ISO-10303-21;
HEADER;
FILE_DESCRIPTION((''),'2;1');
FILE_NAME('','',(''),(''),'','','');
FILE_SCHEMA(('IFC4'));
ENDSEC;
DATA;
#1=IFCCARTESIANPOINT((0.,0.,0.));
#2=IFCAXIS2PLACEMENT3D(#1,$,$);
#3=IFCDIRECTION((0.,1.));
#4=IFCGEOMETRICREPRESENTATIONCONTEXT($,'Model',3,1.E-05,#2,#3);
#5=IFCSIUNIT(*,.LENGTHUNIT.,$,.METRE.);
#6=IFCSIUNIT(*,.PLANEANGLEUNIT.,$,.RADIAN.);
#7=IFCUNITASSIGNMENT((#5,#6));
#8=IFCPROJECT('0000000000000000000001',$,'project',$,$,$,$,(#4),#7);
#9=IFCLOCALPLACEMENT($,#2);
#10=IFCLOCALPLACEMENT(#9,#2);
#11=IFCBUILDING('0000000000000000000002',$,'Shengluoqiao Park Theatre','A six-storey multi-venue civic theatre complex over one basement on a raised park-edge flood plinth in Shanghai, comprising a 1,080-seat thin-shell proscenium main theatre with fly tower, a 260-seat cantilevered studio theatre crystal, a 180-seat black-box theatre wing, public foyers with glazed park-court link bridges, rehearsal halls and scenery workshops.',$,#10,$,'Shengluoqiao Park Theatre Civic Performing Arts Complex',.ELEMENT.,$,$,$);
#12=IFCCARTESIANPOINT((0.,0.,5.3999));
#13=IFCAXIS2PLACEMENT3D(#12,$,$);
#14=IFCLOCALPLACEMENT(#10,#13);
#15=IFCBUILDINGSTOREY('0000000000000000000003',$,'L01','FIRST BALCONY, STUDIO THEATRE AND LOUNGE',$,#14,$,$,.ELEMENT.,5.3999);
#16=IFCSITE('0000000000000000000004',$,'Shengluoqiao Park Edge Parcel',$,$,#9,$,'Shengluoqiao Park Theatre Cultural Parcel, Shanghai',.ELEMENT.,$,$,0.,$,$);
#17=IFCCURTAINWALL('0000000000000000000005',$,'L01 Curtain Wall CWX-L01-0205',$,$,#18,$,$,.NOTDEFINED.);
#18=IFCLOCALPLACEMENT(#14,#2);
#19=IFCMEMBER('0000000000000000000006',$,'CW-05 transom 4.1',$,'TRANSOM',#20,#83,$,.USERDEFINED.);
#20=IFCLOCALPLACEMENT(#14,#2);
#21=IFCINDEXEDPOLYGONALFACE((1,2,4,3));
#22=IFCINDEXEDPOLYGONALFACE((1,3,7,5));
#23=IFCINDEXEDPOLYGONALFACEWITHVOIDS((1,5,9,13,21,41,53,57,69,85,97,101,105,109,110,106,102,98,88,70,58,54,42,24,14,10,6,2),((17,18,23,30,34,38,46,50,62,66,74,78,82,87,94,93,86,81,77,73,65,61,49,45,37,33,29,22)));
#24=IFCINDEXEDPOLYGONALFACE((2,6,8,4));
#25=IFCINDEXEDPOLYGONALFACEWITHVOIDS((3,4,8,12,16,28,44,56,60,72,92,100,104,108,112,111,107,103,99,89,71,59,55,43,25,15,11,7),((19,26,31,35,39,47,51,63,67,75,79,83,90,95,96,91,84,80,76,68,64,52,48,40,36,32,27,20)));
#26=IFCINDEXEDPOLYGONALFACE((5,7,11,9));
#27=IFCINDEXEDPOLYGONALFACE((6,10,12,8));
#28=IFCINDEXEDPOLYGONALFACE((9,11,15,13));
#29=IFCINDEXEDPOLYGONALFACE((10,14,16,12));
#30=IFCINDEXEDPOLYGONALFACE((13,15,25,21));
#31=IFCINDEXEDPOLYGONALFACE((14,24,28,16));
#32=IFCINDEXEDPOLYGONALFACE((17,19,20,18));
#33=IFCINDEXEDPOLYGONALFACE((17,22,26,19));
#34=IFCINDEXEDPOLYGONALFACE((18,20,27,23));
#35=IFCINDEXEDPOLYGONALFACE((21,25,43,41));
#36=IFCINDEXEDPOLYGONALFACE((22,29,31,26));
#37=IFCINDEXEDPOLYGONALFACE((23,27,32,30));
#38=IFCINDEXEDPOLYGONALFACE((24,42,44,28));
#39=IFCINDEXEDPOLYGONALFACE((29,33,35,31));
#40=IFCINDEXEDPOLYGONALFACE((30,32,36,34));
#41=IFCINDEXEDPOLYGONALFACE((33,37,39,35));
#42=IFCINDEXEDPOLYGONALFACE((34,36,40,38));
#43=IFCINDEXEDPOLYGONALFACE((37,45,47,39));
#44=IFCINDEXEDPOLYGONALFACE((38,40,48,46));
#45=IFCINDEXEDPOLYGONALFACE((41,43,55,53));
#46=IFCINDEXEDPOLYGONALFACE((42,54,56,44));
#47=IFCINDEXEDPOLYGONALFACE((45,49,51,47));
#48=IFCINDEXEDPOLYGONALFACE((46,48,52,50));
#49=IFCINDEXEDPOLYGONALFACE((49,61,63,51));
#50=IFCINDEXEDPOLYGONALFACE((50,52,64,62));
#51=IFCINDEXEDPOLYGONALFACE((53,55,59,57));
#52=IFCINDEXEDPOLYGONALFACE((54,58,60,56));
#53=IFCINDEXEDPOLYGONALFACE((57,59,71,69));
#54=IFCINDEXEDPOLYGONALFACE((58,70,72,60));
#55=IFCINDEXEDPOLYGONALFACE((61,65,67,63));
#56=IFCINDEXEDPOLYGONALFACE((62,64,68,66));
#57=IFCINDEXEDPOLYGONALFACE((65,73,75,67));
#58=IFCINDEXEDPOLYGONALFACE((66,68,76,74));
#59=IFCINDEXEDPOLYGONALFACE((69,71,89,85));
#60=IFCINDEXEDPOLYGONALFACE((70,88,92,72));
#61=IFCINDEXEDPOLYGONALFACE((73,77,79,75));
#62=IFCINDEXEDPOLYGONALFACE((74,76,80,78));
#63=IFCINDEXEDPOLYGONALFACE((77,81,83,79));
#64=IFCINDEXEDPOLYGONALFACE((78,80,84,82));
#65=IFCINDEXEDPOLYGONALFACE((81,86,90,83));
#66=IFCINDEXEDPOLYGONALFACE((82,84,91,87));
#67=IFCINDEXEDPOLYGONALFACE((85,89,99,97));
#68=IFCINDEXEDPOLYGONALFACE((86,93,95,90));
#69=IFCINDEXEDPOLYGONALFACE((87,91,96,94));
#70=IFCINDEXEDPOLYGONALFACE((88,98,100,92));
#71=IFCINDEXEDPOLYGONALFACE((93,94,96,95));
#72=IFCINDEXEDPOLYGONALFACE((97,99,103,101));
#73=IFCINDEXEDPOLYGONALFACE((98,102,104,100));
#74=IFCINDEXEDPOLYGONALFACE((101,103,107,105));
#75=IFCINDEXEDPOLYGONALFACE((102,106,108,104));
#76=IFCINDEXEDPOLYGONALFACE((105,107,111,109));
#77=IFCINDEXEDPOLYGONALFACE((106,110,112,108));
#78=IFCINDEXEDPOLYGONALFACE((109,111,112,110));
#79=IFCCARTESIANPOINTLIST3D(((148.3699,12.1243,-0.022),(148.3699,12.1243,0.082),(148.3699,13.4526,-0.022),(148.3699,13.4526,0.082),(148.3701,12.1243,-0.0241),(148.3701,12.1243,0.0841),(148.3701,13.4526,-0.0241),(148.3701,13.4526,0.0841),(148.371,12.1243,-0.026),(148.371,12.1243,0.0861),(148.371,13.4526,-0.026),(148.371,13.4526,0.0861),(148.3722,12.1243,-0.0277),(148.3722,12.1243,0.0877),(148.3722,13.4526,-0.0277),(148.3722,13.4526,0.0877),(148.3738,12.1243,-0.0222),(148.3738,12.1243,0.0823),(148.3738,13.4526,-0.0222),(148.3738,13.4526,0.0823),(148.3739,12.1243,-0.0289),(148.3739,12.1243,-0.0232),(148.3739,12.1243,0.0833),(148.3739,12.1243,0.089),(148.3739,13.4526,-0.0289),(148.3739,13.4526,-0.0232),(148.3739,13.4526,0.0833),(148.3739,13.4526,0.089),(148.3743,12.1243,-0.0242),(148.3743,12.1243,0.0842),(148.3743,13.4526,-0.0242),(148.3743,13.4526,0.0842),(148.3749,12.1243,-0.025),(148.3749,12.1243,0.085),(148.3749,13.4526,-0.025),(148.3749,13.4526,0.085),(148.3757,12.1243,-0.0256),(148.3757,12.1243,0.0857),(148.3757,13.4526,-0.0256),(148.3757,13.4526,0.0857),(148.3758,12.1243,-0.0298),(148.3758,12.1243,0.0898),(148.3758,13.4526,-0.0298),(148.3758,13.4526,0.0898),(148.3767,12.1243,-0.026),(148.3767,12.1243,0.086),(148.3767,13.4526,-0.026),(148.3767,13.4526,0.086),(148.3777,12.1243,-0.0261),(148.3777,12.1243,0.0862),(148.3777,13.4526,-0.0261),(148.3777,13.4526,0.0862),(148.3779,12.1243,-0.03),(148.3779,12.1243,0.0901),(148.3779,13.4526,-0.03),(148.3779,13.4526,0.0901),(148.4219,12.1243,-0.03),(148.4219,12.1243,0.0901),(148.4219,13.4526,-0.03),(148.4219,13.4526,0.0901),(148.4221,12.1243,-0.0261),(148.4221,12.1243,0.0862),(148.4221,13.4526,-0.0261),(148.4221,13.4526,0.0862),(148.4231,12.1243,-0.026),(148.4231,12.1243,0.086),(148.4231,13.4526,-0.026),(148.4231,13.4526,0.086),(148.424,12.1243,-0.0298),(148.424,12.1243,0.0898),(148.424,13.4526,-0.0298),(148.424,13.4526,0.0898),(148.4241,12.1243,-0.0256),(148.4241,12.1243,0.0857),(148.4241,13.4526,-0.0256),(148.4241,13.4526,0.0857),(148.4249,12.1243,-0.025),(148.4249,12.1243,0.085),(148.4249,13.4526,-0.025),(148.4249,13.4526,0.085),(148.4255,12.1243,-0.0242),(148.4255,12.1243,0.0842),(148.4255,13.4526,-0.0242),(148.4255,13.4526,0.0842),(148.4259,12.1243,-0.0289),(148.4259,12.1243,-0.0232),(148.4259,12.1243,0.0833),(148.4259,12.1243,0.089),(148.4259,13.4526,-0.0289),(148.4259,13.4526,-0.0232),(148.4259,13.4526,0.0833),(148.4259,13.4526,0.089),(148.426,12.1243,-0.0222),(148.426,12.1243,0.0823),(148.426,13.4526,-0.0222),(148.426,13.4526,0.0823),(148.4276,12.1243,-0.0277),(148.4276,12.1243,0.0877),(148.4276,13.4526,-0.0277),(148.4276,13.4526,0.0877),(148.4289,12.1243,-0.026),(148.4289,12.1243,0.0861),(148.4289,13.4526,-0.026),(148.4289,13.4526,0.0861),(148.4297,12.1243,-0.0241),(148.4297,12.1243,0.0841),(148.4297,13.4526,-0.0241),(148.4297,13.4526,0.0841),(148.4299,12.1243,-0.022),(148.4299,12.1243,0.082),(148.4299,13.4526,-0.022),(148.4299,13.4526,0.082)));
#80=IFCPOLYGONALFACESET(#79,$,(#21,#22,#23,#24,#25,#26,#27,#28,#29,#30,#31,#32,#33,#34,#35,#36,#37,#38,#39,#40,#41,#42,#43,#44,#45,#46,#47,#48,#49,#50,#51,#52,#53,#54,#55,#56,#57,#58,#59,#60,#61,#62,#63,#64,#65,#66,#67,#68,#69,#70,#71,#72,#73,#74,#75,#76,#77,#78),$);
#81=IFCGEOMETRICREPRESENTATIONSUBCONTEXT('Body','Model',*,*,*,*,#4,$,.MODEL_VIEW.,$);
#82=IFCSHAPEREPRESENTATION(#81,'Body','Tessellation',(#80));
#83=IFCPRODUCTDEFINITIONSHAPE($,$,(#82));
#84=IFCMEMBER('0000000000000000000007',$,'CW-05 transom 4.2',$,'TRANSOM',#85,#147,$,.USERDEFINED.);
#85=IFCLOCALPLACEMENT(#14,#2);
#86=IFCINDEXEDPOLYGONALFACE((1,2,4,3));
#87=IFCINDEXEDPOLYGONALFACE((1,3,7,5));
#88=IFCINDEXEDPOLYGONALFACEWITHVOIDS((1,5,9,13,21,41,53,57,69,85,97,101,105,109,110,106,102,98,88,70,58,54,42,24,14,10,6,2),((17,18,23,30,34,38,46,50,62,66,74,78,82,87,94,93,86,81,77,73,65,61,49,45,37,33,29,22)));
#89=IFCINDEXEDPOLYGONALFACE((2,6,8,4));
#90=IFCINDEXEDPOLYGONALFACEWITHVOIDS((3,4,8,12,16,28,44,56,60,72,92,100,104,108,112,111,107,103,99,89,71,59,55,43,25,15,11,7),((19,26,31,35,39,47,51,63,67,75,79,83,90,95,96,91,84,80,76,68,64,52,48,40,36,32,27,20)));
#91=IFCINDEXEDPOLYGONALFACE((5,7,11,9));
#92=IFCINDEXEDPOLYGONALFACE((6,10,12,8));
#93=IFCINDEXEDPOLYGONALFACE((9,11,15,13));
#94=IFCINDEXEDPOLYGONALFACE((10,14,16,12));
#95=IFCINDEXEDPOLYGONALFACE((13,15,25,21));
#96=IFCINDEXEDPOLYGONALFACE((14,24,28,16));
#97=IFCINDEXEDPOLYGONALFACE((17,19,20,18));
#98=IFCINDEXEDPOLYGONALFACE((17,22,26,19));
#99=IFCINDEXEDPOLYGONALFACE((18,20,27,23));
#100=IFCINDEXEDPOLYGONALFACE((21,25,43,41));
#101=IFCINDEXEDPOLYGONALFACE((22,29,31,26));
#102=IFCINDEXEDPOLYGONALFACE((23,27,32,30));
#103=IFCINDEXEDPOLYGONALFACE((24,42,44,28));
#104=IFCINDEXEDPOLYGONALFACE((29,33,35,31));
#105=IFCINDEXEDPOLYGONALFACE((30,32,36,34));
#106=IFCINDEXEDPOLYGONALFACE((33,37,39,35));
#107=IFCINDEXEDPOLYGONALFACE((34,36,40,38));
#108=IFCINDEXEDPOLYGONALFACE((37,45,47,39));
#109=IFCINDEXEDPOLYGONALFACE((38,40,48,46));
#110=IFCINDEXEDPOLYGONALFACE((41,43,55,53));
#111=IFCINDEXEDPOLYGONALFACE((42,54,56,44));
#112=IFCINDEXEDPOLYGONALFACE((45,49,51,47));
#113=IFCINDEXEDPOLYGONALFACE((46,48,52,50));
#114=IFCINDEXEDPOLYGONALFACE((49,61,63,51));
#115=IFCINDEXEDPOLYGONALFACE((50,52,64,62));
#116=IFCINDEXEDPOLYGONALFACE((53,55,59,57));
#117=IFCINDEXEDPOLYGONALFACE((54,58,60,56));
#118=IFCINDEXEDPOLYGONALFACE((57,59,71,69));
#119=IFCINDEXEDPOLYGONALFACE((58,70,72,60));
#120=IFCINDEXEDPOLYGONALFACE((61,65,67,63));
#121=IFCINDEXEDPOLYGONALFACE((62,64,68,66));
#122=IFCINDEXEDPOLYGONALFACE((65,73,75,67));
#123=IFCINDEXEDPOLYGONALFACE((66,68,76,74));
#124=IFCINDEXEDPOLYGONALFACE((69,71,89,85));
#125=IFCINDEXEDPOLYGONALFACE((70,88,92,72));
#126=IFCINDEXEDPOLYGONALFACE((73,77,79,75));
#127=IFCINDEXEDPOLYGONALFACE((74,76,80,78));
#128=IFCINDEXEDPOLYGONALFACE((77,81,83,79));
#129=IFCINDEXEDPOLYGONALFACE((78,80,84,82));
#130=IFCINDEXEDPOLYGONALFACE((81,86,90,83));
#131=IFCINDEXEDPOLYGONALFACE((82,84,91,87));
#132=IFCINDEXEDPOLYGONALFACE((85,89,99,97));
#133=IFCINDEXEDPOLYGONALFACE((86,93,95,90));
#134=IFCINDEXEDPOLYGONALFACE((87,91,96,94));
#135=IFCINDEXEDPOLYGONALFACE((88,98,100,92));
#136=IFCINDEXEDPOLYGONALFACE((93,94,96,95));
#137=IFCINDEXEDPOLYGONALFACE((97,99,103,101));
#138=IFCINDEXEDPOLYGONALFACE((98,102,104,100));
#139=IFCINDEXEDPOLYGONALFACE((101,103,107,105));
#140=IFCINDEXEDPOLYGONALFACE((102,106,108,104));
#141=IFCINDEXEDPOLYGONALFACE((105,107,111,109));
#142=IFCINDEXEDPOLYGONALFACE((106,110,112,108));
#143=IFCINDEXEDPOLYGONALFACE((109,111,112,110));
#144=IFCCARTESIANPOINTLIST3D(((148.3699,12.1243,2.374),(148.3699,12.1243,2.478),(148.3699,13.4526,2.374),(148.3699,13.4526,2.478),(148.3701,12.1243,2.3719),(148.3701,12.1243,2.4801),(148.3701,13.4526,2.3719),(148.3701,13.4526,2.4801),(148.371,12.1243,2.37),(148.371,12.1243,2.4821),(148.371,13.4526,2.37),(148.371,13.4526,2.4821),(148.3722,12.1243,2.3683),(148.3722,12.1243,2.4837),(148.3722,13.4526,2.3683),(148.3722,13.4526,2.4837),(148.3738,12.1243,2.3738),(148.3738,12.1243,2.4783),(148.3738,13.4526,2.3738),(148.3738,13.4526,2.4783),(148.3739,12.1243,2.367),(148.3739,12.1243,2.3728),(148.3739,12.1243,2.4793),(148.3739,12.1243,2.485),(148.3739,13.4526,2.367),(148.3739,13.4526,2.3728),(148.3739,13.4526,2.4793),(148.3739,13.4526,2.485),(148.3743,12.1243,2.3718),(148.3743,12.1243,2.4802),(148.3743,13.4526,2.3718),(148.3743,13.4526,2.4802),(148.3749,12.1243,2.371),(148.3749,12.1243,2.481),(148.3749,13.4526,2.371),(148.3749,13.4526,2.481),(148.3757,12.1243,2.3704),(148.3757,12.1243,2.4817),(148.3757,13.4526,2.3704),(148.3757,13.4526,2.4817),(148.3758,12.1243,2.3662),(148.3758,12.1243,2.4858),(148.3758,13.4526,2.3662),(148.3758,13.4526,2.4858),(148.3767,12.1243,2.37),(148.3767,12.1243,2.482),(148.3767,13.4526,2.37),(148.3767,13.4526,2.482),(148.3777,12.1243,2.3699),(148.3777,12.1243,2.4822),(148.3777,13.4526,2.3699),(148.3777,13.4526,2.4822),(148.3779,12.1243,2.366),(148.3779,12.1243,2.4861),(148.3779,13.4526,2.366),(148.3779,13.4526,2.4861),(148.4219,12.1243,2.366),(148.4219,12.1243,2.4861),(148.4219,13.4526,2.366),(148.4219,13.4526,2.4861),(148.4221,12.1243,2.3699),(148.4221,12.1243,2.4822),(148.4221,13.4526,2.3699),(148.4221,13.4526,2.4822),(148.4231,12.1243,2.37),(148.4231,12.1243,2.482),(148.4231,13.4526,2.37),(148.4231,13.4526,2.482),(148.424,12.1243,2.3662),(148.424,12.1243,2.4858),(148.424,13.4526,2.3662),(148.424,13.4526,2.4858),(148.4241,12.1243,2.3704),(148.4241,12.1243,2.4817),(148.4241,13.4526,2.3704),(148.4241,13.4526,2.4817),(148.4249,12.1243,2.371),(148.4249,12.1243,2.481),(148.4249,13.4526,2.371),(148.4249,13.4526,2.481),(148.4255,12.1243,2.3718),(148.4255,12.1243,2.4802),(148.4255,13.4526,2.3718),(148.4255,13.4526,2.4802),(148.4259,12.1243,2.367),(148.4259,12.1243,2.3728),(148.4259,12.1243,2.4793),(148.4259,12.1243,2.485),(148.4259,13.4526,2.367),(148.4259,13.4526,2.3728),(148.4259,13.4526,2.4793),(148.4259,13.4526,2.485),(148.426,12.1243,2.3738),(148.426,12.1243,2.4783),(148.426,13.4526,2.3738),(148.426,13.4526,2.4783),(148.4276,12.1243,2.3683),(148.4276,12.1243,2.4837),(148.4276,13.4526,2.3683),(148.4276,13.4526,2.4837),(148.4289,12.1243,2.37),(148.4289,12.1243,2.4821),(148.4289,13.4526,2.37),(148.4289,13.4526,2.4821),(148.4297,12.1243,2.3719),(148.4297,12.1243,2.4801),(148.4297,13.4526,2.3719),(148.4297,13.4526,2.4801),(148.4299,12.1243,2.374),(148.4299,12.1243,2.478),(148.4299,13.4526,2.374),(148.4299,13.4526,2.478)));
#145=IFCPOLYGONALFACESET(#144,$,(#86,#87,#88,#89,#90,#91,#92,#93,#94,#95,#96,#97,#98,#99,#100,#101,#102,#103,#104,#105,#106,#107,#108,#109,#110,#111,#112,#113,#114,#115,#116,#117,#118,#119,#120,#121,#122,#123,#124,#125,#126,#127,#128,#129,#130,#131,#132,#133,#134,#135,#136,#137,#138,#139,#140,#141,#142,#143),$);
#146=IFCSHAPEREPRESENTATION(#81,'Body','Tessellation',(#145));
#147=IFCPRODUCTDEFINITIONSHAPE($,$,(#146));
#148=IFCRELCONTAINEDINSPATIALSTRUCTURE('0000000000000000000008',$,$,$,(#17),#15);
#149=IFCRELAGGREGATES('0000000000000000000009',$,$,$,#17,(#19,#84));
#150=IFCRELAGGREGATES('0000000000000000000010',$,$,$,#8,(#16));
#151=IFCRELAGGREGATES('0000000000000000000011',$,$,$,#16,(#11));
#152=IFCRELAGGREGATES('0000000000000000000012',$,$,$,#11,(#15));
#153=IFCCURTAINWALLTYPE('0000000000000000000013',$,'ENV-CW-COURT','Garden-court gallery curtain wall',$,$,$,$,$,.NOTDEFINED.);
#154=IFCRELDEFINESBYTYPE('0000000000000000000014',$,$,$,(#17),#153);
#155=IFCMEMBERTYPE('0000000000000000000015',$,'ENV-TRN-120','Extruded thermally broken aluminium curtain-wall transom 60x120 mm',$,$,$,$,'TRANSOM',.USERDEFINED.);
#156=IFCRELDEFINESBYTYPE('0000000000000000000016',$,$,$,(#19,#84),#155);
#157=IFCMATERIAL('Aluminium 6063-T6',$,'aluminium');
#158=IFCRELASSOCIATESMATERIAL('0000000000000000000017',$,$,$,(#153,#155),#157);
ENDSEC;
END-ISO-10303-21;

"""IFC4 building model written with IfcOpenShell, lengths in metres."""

from ifc_helpers import new_model, si_unit, direction, frame, origin, origin_2d, place, context, subcontext, project, spatial, hollow_rectangle, extrude, material, material_profile, profile_set, type_object, element, aggregate, save


model = new_model("IFC4")

# Units and contexts
model_context = context("Model", 3, precision=1e-05, world=origin(), true_north=direction((0.0, 1.0)))
body_context = subcontext(model_context, "Body", "Model", "MODEL_VIEW")
ifc_project = project(units=[si_unit("LENGTHUNIT", "METRE"), si_unit("PLANEANGLEUNIT", "RADIAN")], contexts=[model_context])

# Site, building, storey
site_placement = place(None, origin())
site = spatial("IfcSite", under=ifc_project, at=site_placement, Name="Shengluoqiao Park Edge Parcel", LongName="Shengluoqiao Park Theatre Cultural Parcel, Shanghai", CompositionType="ELEMENT", RefElevation=0.0)
building_placement = place(site_placement, origin())
building = spatial("IfcBuilding", under=site, at=building_placement, Name="Shengluoqiao Park Theatre", Description="A six-storey multi-venue civic theatre complex over one basement on a raised park-edge flood plinth in Shanghai, comprising a 1,080-seat thin-shell proscenium main theatre with fly tower, a 260-seat cantilevered studio theatre crystal, a 180-seat black-box theatre wing, public foyers with glazed park-court link bridges, rehearsal halls and scenery workshops.", LongName="Shengluoqiao Park Theatre Civic Performing Arts Complex", CompositionType="ELEMENT")
storey_placement = place(building_placement, frame((0.0, 0.0, 5.3999)))
storey = spatial("IfcBuildingStorey", under=building, at=storey_placement, Name="L01", Description="FIRST BALCONY, STUDIO THEATRE AND LOUNGE", CompositionType="ELEMENT", Elevation=5.3999)

# Curtain wall, members
ifc_material_1 = material(Name="Aluminium 6063-T6", Category="aluminium")
curtain_wall_type = type_object("IfcCurtainWallType", Name="ENV-CW-COURT", Description="Garden-court gallery curtain wall", PredefinedType="NOTDEFINED", material=ifc_material_1)
curtain_wall_placement = place(storey_placement, origin())
curtain_wall = element("IfcCurtainWall", 1, at=curtain_wall_placement, inside=storey, type_object=curtain_wall_type, Name="L01 Curtain Wall CWX-L01-0205", PredefinedType="NOTDEFINED")
ifc_material_profile_1 = material_profile(ifc_material_1, hollow_rectangle(XDim=0.0601, YDim=0.1201, WallThickness=0.0039, InnerFilletRadius=0.0039, OuterFilletRadius=0.0081, at=origin_2d()), Name="ALU TRANSOM 120x60x4")
ifc_profile_set_1 = profile_set([ifc_material_profile_1], Name="Aluminium 6063-T6")
member_type_1 = type_object("IfcMemberType", Name="ENV-TRN-120", Description="Extruded thermally broken aluminium curtain-wall transom 60x120 mm", ElementType="TRANSOM", PredefinedType="USERDEFINED", material=ifc_profile_set_1)
member_1_placement = place(storey_placement, frame((148.3999, 12.1243, 0.03), z_axis=(0.0, 1.0, 0.0), x_axis=(-1.0, 0.0, 0.0)))
member_1 = element("IfcMember", 2, at=member_1_placement, type_object=member_type_1, Name="CW-05 transom 4.1", ObjectType="TRANSOM", PredefinedType="USERDEFINED", context=body_context, shape_type="SweptSolid", body=[
    extrude(hollow_rectangle(XDim=0.0601, YDim=0.1201, WallThickness=0.0039, InnerFilletRadius=0.0039, OuterFilletRadius=0.0081, at=origin_2d()), origin(), (0.0, 0.0, 1.0), 1.3284),
])
member_2_placement = place(storey_placement, frame((148.3999, 12.1243, 2.426), z_axis=(0.0, 1.0, 0.0), x_axis=(-1.0, 0.0, 0.0)))
member_2 = element("IfcMember", 3, at=member_2_placement, type_object=member_type_1, Name="CW-05 transom 4.2", ObjectType="TRANSOM", PredefinedType="USERDEFINED", context=body_context, shape_type="SweptSolid", body=[
    extrude(hollow_rectangle(XDim=0.0601, YDim=0.1201, WallThickness=0.0039, InnerFilletRadius=0.0039, OuterFilletRadius=0.0081, at=origin_2d()), origin(), (0.0, 0.0, 1.0), 1.3284),
])

aggregate(curtain_wall, [member_1, member_2])

save(model, "model.ifc")
